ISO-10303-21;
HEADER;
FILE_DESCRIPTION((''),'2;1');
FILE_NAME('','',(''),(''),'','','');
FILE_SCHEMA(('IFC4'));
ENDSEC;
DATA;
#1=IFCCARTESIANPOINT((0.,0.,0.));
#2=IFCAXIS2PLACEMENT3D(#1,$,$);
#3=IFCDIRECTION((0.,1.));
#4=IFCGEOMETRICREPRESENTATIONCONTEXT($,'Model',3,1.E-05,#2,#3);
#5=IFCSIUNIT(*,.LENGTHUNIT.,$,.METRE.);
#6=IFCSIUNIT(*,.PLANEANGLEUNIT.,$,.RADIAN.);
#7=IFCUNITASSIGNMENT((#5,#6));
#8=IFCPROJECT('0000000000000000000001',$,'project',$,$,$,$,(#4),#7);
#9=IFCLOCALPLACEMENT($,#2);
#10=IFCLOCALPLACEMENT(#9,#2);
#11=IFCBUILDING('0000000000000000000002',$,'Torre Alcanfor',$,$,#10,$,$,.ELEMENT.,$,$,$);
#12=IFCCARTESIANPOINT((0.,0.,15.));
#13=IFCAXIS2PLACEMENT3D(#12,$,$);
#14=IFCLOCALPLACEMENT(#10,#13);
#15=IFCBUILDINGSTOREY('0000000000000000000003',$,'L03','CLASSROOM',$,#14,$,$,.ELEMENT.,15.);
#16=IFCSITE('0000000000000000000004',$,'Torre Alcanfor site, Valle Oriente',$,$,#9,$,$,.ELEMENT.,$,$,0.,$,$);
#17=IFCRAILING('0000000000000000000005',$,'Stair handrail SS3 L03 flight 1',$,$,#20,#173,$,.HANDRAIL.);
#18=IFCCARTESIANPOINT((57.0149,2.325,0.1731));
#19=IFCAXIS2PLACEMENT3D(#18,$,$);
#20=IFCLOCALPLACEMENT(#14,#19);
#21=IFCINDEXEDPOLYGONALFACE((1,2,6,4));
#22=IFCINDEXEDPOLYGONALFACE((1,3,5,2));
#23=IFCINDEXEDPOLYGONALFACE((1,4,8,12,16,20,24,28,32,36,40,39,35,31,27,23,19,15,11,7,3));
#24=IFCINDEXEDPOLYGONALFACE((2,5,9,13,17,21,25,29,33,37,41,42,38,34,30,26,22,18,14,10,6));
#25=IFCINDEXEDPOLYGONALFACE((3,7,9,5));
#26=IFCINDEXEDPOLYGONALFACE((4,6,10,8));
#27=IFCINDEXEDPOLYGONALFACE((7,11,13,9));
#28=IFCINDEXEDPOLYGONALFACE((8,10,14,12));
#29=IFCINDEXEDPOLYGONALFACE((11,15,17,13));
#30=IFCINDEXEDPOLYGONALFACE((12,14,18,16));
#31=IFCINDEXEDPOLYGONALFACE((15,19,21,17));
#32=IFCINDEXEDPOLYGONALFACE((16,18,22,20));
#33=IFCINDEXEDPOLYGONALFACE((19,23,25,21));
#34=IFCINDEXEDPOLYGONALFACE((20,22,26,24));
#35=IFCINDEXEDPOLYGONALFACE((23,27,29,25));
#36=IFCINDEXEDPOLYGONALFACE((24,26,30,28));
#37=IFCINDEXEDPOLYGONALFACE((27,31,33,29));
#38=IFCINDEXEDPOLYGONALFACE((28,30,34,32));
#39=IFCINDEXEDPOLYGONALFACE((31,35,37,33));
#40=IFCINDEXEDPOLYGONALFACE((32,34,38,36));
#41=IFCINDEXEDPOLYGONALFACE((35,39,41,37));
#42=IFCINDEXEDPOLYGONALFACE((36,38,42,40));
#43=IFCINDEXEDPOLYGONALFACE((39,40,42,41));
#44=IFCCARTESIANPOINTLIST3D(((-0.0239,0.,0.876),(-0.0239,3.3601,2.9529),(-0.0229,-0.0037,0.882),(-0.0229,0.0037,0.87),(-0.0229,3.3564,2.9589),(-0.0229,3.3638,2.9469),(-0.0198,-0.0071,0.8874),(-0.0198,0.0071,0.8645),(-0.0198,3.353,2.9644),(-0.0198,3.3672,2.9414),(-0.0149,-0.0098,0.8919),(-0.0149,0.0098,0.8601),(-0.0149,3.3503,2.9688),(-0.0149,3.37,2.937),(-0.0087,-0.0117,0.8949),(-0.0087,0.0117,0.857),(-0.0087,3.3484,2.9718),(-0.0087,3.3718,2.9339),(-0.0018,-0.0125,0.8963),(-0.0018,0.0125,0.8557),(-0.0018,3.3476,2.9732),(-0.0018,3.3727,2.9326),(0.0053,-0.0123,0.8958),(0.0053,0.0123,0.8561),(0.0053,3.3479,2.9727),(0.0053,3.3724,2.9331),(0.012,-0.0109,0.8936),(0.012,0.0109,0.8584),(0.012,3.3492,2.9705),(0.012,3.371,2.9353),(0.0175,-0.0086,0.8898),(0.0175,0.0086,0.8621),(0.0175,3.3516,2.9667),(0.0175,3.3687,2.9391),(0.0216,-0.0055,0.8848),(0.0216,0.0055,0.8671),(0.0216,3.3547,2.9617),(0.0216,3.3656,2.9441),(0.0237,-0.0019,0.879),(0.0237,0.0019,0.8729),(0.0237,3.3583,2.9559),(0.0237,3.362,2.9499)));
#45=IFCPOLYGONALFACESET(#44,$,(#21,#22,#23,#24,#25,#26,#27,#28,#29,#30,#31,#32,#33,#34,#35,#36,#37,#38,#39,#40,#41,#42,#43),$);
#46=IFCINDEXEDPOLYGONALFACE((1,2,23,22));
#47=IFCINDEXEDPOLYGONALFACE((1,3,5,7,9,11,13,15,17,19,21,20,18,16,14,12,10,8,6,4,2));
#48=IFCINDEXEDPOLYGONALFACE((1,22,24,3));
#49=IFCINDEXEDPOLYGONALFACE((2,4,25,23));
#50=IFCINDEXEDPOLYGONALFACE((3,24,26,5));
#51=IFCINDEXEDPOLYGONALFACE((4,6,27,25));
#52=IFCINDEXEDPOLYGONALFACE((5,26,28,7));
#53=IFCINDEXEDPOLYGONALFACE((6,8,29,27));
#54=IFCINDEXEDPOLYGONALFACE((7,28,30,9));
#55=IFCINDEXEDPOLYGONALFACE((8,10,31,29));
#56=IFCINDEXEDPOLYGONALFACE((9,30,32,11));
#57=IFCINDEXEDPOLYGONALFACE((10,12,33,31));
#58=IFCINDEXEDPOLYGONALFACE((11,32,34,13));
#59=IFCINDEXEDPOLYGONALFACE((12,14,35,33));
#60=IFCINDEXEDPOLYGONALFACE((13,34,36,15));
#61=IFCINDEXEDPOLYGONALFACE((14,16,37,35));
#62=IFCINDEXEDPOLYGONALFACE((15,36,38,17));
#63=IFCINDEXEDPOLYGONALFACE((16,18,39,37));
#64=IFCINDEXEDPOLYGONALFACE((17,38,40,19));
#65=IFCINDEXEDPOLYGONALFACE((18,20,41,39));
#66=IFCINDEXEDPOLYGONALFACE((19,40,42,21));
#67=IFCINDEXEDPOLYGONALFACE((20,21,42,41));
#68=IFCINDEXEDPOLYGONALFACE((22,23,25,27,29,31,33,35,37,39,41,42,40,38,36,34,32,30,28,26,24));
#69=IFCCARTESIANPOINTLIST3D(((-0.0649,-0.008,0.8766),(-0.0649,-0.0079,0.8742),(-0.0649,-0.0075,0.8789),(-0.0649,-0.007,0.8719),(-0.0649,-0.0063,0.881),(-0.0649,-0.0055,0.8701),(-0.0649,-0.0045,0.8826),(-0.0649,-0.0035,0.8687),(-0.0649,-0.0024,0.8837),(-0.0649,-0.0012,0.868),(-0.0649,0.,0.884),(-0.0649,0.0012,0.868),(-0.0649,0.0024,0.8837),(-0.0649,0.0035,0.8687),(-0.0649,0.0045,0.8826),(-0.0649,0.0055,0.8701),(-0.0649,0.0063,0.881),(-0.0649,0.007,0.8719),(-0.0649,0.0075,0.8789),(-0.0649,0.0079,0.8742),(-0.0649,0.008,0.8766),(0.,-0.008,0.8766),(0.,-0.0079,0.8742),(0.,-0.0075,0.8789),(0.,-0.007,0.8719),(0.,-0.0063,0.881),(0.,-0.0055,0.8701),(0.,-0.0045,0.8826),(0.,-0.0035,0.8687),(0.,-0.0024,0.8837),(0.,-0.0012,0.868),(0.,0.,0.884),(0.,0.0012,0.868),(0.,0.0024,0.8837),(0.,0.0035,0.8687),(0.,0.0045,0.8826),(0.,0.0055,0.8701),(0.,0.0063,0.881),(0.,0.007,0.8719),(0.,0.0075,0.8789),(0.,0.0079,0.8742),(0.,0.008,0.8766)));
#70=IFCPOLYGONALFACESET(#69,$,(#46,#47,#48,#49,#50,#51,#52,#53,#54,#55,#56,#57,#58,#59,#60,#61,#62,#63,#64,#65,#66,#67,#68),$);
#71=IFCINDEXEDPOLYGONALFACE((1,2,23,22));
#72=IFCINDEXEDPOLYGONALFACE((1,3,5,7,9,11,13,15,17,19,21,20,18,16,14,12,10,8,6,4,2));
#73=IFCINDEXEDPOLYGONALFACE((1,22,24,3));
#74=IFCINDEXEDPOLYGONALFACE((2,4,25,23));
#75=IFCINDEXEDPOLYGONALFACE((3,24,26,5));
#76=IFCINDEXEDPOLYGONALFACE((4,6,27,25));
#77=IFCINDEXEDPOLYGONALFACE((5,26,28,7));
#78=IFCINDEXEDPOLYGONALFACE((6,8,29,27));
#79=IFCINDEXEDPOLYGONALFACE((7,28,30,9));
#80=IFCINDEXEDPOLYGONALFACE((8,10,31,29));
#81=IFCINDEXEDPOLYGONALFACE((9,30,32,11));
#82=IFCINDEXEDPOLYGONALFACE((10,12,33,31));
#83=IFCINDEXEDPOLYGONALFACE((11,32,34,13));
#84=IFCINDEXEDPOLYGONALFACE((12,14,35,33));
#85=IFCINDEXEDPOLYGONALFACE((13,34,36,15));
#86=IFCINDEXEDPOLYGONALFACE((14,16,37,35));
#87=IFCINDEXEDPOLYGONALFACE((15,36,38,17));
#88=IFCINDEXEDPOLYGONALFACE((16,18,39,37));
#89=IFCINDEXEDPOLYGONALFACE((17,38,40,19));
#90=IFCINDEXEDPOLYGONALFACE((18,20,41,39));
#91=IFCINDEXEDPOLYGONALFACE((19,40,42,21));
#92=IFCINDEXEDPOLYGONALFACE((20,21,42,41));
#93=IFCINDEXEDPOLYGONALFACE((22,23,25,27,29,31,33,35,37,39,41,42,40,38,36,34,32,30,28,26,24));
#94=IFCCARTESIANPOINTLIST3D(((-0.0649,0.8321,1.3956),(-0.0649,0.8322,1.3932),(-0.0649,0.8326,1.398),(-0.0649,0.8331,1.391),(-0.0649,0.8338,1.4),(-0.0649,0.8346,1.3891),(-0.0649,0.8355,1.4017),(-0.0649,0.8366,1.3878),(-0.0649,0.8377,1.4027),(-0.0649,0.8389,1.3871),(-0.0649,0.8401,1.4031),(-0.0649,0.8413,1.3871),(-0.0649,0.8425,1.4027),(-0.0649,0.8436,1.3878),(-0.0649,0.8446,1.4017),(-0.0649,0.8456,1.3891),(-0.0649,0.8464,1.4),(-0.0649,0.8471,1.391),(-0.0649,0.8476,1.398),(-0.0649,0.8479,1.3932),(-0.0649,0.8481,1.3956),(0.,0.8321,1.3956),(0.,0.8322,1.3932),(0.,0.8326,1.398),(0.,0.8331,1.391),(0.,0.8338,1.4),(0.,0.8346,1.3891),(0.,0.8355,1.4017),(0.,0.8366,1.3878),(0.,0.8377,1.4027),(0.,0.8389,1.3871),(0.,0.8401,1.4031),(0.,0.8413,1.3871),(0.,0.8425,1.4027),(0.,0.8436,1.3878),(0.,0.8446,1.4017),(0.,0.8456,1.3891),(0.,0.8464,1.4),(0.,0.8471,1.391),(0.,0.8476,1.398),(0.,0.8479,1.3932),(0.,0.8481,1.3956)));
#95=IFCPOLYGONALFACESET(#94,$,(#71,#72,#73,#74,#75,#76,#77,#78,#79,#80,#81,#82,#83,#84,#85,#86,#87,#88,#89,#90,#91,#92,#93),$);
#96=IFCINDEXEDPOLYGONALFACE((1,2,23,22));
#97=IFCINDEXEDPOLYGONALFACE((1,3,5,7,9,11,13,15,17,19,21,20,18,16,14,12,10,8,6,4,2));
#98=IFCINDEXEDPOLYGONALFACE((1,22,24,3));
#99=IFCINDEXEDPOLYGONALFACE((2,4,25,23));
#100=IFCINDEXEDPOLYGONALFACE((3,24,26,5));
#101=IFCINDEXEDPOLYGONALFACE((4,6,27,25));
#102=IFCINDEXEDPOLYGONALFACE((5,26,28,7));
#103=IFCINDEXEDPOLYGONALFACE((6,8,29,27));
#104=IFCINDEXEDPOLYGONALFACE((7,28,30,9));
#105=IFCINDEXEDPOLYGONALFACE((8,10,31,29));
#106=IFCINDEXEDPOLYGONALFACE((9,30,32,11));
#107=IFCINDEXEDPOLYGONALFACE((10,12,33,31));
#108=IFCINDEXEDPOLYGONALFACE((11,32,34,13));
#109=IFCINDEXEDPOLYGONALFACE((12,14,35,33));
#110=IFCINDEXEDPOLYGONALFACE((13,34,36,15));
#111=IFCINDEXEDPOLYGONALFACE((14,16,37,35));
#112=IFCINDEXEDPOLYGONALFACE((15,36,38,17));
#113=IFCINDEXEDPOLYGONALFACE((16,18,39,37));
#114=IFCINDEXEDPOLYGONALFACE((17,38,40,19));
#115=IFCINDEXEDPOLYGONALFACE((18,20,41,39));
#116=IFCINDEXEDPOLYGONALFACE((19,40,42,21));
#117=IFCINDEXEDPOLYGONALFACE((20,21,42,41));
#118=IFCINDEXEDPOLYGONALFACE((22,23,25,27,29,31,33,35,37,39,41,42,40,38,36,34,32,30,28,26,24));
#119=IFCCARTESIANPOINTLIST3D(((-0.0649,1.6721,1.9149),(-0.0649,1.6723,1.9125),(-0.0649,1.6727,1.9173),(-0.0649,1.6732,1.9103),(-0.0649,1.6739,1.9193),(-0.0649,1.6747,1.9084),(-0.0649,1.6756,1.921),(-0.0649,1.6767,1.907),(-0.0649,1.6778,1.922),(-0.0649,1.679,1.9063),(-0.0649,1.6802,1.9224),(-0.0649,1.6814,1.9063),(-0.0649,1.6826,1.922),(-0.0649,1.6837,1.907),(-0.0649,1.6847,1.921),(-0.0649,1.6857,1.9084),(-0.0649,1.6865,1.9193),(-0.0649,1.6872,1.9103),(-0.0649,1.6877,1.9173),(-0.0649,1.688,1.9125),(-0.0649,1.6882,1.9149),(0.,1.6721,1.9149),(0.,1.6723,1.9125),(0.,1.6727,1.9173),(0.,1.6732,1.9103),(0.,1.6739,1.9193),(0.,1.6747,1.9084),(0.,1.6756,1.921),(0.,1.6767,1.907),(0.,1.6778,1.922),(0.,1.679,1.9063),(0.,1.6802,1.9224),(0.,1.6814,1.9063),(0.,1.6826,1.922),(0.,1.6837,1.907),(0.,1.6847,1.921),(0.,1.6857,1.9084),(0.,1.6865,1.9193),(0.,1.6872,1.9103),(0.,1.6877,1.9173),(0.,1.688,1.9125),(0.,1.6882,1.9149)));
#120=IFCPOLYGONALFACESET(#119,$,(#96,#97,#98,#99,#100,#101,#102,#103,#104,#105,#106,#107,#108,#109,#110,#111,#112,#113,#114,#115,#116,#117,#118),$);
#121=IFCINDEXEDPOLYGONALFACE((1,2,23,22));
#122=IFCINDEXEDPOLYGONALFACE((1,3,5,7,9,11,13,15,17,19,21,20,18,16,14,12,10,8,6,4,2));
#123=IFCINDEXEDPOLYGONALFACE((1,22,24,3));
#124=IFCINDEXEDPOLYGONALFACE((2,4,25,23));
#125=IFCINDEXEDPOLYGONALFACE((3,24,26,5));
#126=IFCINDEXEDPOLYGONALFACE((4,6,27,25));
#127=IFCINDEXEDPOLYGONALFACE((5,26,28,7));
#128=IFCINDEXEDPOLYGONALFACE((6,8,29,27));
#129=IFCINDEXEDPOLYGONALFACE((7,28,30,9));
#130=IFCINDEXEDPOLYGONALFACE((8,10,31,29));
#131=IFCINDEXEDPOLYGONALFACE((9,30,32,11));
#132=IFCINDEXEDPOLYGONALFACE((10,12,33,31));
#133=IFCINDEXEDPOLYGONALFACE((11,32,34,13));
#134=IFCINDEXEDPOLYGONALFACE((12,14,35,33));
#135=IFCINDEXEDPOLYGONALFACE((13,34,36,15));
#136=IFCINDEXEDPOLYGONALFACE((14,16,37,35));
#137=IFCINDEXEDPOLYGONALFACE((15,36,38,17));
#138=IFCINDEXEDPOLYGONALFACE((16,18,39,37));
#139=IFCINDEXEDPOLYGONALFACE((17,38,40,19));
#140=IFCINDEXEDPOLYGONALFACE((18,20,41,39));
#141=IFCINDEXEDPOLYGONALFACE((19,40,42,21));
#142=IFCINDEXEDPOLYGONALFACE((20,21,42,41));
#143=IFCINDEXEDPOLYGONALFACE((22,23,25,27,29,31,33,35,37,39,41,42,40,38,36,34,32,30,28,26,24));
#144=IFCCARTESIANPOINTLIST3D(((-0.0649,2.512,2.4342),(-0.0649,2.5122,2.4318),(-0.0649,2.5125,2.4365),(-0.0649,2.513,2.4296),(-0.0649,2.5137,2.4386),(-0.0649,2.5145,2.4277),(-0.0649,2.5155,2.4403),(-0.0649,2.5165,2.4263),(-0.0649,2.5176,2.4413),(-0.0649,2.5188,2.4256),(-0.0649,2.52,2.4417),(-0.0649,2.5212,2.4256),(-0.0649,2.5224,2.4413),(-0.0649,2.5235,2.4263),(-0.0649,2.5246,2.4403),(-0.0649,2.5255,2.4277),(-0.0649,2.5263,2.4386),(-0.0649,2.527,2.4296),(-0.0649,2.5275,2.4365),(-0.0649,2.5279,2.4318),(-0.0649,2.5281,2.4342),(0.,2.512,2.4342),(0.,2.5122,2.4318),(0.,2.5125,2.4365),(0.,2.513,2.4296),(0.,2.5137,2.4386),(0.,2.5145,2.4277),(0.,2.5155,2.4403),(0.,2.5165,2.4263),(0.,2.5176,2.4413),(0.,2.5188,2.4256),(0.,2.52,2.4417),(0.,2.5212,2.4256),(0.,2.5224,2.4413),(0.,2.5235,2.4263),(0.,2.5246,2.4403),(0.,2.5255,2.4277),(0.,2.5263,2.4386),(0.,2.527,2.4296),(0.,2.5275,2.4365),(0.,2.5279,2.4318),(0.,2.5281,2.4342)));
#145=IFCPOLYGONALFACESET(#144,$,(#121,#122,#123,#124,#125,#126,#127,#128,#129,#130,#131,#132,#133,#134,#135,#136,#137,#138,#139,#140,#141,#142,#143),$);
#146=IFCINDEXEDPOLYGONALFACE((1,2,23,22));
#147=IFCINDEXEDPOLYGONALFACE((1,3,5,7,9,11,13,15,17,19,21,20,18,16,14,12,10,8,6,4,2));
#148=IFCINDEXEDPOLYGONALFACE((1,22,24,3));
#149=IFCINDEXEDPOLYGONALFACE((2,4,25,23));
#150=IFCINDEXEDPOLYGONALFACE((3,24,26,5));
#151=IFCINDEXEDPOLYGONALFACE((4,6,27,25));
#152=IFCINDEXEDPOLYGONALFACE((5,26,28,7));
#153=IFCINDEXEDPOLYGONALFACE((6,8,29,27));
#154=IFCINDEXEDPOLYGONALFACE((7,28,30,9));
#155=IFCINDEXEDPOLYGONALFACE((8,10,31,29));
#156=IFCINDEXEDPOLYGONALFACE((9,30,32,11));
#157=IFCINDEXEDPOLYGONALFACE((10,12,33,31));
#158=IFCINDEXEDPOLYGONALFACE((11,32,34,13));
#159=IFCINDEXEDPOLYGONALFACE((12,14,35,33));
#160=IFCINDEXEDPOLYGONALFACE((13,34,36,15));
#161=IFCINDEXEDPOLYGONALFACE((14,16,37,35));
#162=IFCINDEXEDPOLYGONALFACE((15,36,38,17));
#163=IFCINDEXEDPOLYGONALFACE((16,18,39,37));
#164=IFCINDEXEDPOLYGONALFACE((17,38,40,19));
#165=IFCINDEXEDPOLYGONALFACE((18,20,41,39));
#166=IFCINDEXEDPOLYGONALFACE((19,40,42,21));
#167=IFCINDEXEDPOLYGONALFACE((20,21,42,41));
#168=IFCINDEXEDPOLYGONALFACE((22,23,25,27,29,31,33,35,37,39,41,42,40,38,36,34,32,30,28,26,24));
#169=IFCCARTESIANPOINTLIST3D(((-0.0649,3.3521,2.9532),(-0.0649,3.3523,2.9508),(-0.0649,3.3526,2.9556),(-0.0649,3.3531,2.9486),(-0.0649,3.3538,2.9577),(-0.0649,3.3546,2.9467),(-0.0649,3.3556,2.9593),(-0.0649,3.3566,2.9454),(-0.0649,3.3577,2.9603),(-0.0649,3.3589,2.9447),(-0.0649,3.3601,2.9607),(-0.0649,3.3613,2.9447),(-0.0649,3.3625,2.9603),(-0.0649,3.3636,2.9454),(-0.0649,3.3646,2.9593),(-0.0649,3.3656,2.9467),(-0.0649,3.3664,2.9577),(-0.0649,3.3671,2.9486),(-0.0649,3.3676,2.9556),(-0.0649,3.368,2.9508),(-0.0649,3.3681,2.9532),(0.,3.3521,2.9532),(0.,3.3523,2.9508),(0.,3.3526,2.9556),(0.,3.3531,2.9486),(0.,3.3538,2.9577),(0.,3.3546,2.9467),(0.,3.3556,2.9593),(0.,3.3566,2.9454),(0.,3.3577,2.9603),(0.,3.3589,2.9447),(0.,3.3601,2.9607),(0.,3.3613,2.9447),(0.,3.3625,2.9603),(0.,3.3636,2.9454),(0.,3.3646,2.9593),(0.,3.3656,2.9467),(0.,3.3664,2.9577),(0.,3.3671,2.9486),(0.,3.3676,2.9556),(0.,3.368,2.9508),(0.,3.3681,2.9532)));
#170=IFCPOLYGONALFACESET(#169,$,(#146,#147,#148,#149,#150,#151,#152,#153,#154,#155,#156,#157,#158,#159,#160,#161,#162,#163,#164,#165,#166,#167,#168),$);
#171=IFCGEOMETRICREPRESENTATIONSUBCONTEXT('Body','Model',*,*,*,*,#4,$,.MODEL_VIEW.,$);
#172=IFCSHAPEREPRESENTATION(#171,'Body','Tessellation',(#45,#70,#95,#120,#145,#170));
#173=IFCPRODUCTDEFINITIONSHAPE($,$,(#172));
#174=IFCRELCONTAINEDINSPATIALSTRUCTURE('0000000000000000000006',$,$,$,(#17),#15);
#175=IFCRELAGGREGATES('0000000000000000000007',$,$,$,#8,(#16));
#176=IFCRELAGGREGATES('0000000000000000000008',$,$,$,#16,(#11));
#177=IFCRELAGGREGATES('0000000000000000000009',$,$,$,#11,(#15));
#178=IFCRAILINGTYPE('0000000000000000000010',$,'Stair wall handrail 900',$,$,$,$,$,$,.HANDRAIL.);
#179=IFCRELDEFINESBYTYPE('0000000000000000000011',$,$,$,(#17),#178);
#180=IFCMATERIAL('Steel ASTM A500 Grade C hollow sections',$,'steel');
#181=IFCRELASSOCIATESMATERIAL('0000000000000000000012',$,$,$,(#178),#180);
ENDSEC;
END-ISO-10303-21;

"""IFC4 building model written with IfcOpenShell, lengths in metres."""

from ifc_helpers import new_model, si_unit, direction, frame, origin, origin_2d, place, context, subcontext, project, spatial, circle, extrude, material, type_object, element, save


model = new_model("IFC4")

# Units and contexts
model_context = context("Model", 3, precision=1e-05, world=origin(), true_north=direction((0.0, 1.0)))
body_context = subcontext(model_context, "Body", "Model", "MODEL_VIEW")
ifc_project = project(units=[si_unit("LENGTHUNIT", "METRE"), si_unit("PLANEANGLEUNIT", "RADIAN")], contexts=[model_context])

# Site, building, storey
site_placement = place(None, origin())
site = spatial("IfcSite", under=ifc_project, at=site_placement, Name="Torre Alcanfor site, Valle Oriente", CompositionType="ELEMENT", RefElevation=0.0)
building_placement = place(site_placement, origin())
building = spatial("IfcBuilding", under=site, at=building_placement, Name="Torre Alcanfor", CompositionType="ELEMENT")
storey_placement = place(building_placement, frame((0.0, 0.0, 15.0)))
storey = spatial("IfcBuildingStorey", under=building, at=storey_placement, Name="L03", Description="CLASSROOM", CompositionType="ELEMENT", Elevation=15.0)

# Railing
ifc_material_1 = material(Name="Steel ASTM A500 Grade C hollow sections", Category="steel")
railing_type_1 = type_object("IfcRailingType", Name="Stair wall handrail 900", PredefinedType="HANDRAIL", material=ifc_material_1)
railing_1_placement = place(storey_placement, frame((57.0149, 2.325, 0.1731)))
element("IfcRailing", 1, at=railing_1_placement, inside=storey, type_object=railing_type_1, Name="Stair handrail SS3 L03 flight 1", PredefinedType="HANDRAIL", context=body_context, shape_type="SweptSolid", body=[
    extrude(circle(Radius=0.0239, at=origin_2d()), frame((0.0, 0.0, 0.876), z_axis=(0.0, 0.850623, 0.525776), x_axis=(-1.0, 0.0, 0.0)), (0.0, 0.0, 1.0), 3.9502),
    extrude(circle(Radius=0.0081, at=origin_2d()), frame((0.0, 0.0, 0.876), z_axis=(-1.0, 0.0, 0.0), x_axis=(0.0, 0.0, 1.0)), (0.0, 0.0, 1.0), 0.0649),
    extrude(circle(Radius=0.0081, at=origin_2d()), frame((0.0, 0.8401, 1.395), z_axis=(-1.0, 0.0, 0.0), x_axis=(0.0, 0.0, 1.0)), (0.0, 0.0, 1.0), 0.0649),
    extrude(circle(Radius=0.0081, at=origin_2d()), frame((0.0, 1.6802, 1.9143), z_axis=(-1.0, 0.0, 0.0), x_axis=(0.0, 0.0, 1.0)), (0.0, 0.0, 1.0), 0.0649),
    extrude(circle(Radius=0.0081, at=origin_2d()), frame((0.0, 2.52, 2.4336), z_axis=(-1.0, 0.0, 0.0), x_axis=(0.0, 0.0, 1.0)), (0.0, 0.0, 1.0), 0.0649),
    extrude(circle(Radius=0.0081, at=origin_2d()), frame((0.0, 3.3601, 2.9526), z_axis=(-1.0, 0.0, 0.0), x_axis=(0.0, 0.0, 1.0)), (0.0, 0.0, 1.0), 0.0649),
])

save(model, "model.ifc")
